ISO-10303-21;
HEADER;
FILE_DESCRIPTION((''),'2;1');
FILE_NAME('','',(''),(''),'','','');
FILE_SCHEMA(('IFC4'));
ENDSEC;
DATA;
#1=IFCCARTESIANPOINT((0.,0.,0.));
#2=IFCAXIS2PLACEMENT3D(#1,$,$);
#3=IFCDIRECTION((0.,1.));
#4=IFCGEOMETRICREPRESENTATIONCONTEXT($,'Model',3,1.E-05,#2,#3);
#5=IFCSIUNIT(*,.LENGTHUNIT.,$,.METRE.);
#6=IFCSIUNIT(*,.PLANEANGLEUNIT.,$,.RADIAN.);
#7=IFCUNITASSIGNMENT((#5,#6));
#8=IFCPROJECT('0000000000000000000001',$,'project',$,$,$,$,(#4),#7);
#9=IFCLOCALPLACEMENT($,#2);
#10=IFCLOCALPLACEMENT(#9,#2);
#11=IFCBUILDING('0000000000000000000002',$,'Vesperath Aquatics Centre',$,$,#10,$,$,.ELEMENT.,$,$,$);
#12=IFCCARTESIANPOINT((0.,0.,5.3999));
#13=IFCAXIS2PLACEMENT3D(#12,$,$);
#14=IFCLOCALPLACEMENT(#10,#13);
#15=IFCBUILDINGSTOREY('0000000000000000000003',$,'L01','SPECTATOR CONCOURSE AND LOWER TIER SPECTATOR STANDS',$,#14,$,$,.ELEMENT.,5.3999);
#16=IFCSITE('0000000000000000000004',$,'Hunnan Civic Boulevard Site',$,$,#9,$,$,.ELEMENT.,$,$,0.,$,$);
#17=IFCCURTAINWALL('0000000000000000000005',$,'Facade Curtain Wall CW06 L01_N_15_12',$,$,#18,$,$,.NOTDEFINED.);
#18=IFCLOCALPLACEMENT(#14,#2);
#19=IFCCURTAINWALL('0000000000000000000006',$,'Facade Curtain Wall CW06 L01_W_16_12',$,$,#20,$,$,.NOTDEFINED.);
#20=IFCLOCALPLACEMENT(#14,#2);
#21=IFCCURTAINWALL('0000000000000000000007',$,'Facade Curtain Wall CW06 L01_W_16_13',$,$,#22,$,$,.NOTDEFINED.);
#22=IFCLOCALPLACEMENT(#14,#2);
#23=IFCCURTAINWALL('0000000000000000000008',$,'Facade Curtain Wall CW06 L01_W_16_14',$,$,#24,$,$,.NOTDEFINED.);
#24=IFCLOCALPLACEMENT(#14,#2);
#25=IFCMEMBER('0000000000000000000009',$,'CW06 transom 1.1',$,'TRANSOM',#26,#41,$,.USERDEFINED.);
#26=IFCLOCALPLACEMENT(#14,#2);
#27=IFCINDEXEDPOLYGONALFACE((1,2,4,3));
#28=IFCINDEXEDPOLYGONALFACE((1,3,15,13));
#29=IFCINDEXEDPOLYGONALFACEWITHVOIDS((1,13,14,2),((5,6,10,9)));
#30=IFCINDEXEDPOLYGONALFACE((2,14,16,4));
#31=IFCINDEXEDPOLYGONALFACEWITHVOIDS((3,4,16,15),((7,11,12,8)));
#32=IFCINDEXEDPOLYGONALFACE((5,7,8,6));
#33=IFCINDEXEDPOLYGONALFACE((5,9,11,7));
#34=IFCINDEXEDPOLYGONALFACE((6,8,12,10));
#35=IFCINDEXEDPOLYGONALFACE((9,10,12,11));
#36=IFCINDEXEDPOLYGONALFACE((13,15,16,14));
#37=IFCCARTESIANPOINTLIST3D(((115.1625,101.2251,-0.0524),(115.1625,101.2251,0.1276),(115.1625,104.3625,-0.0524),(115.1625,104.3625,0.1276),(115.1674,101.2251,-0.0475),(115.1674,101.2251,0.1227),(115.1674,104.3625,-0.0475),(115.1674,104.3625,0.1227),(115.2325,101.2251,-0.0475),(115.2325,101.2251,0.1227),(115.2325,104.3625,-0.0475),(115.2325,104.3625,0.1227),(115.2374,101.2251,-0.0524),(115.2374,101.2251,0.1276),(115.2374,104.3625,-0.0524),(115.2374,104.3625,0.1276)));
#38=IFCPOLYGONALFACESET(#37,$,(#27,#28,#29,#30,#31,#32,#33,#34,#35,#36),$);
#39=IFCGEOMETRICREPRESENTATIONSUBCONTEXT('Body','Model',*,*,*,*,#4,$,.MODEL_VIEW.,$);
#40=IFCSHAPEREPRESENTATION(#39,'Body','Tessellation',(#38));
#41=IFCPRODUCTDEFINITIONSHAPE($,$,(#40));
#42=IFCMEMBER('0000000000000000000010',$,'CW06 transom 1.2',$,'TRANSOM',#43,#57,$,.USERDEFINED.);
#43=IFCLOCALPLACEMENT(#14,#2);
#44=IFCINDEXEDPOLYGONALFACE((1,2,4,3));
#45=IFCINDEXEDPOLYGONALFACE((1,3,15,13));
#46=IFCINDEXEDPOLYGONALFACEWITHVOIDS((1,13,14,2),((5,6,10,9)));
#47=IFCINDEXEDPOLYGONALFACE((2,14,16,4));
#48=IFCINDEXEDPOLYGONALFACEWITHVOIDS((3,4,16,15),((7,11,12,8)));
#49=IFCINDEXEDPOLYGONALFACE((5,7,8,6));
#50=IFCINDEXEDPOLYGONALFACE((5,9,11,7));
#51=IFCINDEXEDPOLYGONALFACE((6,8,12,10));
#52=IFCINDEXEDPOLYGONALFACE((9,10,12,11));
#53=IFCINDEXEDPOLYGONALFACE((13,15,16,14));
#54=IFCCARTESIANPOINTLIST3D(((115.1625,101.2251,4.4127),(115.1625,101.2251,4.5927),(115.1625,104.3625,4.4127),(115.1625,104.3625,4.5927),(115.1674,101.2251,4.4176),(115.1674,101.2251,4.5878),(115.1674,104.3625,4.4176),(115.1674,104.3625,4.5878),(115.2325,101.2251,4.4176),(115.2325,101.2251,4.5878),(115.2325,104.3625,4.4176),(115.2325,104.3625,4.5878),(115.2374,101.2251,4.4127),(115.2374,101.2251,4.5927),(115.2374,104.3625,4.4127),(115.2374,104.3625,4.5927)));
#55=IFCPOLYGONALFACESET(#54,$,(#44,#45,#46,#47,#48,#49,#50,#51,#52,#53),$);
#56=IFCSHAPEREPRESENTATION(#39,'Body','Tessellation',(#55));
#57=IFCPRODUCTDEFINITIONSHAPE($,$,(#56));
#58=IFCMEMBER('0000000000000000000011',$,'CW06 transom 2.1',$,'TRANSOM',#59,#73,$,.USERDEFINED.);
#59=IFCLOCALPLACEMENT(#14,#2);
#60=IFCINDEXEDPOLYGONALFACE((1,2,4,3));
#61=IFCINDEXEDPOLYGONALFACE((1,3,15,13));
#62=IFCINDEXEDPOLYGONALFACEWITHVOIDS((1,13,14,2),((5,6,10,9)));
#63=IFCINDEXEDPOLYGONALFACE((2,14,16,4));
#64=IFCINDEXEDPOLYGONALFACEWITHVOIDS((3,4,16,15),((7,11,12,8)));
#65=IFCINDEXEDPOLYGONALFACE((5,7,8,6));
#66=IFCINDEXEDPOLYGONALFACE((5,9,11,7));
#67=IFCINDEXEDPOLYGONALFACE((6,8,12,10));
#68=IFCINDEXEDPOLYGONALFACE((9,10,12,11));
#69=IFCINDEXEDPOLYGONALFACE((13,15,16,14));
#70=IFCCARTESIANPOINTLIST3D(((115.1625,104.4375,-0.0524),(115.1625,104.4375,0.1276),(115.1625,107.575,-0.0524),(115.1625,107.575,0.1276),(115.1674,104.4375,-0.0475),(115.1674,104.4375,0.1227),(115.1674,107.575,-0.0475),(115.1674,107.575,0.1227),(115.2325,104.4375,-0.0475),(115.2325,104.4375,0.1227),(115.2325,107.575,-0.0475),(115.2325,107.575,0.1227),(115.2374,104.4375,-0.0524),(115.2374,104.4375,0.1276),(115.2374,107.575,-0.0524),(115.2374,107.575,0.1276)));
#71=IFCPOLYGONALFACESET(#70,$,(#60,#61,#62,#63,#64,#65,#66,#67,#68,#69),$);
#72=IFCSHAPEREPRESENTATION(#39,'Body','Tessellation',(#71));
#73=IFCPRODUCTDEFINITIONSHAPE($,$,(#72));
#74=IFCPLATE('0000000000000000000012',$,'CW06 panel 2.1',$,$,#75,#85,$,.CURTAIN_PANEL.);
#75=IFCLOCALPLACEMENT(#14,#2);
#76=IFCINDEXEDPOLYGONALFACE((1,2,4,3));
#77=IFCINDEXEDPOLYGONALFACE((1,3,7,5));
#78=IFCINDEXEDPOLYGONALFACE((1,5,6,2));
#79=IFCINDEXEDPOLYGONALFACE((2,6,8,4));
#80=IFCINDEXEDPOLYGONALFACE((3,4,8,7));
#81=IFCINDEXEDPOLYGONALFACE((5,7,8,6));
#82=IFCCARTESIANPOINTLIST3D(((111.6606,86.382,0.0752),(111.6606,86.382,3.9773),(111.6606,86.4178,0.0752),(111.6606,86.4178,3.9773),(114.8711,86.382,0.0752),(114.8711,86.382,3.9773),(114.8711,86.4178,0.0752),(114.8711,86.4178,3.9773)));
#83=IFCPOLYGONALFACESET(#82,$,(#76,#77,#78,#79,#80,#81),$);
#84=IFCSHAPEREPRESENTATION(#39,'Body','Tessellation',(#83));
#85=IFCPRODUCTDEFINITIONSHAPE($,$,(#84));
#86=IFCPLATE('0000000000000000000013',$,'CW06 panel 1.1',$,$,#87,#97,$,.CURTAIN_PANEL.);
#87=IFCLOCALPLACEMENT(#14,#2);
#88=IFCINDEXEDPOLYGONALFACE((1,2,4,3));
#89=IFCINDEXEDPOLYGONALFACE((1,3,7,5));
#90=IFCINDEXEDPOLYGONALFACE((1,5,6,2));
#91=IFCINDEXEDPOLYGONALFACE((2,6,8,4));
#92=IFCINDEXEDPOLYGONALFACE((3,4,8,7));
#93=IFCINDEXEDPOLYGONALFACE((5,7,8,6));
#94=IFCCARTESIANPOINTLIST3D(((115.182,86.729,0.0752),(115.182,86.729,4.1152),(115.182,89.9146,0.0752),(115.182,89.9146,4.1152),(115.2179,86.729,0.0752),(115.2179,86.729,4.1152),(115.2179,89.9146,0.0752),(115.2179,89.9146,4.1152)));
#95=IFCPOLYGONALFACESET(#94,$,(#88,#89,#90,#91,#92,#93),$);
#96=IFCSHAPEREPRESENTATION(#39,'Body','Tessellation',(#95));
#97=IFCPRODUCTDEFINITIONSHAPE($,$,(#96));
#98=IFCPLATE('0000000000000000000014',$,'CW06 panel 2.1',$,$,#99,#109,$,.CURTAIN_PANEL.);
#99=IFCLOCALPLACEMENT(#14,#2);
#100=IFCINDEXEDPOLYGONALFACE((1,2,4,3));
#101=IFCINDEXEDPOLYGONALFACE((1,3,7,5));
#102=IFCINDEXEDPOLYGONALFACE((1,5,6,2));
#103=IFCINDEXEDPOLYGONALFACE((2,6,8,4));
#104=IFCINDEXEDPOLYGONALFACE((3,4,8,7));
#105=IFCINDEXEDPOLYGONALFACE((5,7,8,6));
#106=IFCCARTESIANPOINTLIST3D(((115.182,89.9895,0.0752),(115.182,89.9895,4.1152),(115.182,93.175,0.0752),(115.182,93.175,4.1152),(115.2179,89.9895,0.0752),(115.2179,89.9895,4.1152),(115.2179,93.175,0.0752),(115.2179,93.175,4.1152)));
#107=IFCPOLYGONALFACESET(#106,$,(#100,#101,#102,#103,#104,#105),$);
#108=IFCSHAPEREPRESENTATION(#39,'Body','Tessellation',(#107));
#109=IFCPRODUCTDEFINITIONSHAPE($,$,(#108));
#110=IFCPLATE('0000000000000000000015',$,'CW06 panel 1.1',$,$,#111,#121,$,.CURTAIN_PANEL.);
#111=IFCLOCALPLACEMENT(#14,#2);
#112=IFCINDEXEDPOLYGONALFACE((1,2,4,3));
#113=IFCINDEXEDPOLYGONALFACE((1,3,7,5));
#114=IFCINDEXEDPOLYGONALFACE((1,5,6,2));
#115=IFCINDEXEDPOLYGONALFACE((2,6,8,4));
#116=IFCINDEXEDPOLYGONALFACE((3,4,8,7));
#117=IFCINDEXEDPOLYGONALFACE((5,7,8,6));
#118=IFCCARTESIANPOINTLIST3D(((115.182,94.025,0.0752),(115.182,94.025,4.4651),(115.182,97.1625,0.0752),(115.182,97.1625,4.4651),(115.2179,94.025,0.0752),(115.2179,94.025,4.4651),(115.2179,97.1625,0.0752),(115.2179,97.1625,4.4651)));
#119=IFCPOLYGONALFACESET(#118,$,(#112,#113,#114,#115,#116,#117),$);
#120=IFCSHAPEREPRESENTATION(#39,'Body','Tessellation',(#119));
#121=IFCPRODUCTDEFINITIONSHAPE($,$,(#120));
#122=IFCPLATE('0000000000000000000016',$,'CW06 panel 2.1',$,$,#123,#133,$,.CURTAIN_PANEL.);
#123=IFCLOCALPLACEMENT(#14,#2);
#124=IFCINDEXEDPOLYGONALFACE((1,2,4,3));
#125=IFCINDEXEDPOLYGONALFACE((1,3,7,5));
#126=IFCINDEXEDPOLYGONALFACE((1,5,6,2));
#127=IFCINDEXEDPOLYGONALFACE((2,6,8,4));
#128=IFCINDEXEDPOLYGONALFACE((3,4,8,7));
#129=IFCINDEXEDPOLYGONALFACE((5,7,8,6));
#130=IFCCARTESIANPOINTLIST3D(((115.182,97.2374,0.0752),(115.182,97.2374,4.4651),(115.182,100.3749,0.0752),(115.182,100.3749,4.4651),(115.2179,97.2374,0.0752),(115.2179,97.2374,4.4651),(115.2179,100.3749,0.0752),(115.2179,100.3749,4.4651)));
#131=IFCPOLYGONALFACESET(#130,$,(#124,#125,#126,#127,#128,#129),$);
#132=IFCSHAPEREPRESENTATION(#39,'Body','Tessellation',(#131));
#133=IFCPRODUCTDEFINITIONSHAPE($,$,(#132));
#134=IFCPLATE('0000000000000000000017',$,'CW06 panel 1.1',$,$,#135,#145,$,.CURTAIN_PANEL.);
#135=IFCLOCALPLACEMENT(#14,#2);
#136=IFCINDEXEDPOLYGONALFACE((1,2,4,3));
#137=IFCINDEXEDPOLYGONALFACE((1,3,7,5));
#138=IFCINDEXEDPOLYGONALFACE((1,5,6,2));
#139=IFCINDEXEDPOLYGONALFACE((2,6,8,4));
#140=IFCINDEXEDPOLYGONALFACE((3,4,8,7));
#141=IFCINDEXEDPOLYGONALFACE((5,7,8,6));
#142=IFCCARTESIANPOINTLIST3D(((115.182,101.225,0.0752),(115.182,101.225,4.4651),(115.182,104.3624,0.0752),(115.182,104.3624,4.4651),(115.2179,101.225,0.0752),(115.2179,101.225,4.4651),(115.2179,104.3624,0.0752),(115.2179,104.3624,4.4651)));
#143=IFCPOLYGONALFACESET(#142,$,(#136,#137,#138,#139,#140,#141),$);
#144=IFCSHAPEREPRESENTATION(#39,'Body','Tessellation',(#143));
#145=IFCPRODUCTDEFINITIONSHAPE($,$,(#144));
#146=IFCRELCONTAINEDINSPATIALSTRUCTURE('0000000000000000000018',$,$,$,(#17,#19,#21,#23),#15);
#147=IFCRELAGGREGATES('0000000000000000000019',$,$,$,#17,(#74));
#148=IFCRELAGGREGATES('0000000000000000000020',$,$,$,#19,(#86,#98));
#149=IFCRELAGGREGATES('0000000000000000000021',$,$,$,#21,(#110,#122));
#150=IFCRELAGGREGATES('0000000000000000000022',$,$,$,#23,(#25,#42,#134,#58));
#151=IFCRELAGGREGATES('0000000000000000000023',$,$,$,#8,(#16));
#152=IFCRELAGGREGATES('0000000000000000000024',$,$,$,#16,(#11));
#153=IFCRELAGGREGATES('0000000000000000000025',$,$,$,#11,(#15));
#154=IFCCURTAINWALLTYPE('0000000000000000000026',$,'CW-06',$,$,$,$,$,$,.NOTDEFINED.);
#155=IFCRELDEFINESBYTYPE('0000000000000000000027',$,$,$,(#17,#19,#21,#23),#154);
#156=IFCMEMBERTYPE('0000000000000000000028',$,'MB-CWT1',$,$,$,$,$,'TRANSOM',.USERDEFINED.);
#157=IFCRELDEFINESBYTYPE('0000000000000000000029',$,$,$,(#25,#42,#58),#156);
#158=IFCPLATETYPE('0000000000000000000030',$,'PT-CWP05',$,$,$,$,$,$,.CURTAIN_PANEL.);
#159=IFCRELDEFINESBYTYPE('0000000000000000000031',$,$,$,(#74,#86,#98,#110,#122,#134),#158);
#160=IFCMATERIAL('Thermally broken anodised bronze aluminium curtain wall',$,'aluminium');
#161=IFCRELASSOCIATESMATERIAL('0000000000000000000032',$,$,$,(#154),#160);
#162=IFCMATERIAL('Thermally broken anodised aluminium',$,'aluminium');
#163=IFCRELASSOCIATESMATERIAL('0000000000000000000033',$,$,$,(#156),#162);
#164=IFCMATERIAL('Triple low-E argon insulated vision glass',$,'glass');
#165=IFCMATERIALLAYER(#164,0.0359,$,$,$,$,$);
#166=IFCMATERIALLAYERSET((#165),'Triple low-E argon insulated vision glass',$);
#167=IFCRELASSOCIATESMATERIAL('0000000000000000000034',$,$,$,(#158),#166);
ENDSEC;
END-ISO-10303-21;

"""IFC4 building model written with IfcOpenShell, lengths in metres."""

from ifc_helpers import new_model, si_unit, direction, frame, origin, origin_2d, place, context, subcontext, project, spatial, rectangle, hollow_rectangle, extrude, material, layer, layer_set, material_profile, profile_set, type_object, element, aggregate, save


model = new_model("IFC4")

# Units and contexts
model_context = context("Model", 3, precision=1e-05, world=origin(), true_north=direction((0.0, 1.0)))
body_context = subcontext(model_context, "Body", "Model", "MODEL_VIEW")
ifc_project = project(units=[si_unit("LENGTHUNIT", "METRE"), si_unit("PLANEANGLEUNIT", "RADIAN")], contexts=[model_context])

# Site, building, storey
site_placement = place(None, origin())
site = spatial("IfcSite", under=ifc_project, at=site_placement, Name="Hunnan Civic Boulevard Site", CompositionType="ELEMENT", RefElevation=0.0)
building_placement = place(site_placement, origin())
building = spatial("IfcBuilding", under=site, at=building_placement, Name="Vesperath Aquatics Centre", CompositionType="ELEMENT")
storey_placement = place(building_placement, frame((0.0, 0.0, 5.3999)))
storey = spatial("IfcBuildingStorey", under=building, at=storey_placement, Name="L01", Description="SPECTATOR CONCOURSE AND LOWER TIER SPECTATOR STANDS", CompositionType="ELEMENT", Elevation=5.3999)

# Curtain wall
ifc_material_1 = material(Name="Thermally broken anodised bronze aluminium curtain wall", Category="aluminium")
curtain_wall_type = type_object("IfcCurtainWallType", Name="CW-06", PredefinedType="NOTDEFINED", material=ifc_material_1)
curtain_wall_1_placement = place(storey_placement, origin())
curtain_wall_1 = element("IfcCurtainWall", 1, at=curtain_wall_1_placement, inside=storey, type_object=curtain_wall_type, Name="Facade Curtain Wall CW06 L01_N_15_12", PredefinedType="NOTDEFINED")
ifc_material_2 = material(Name="Thermally broken anodised aluminium", Category="aluminium")

# Curtain walls
curtain_wall_2_placement = place(storey_placement, origin())
curtain_wall_2 = element("IfcCurtainWall", 2, at=curtain_wall_2_placement, inside=storey, type_object=curtain_wall_type, Name="Facade Curtain Wall CW06 L01_W_16_12", PredefinedType="NOTDEFINED")
curtain_wall_3_placement = place(storey_placement, origin())
curtain_wall_3 = element("IfcCurtainWall", 3, at=curtain_wall_3_placement, inside=storey, type_object=curtain_wall_type, Name="Facade Curtain Wall CW06 L01_W_16_13", PredefinedType="NOTDEFINED")
curtain_wall_4_placement = place(storey_placement, origin())
curtain_wall_4 = element("IfcCurtainWall", 4, at=curtain_wall_4_placement, inside=storey, type_object=curtain_wall_type, Name="Facade Curtain Wall CW06 L01_W_16_14", PredefinedType="NOTDEFINED")

# Members
ifc_material_profile_1 = material_profile(ifc_material_2, hollow_rectangle(XDim=0.075, YDim=0.1799, WallThickness=0.0049, at=origin_2d()), Name="CWT 75x180x5")
ifc_profile_set_1 = profile_set([ifc_material_profile_1], Name="Thermally broken anodised aluminium")
member_type_1 = type_object("IfcMemberType", Name="MB-CWT1", ElementType="TRANSOM", PredefinedType="USERDEFINED", material=ifc_profile_set_1)
member_1_placement = place(storey_placement, frame((115.2, 101.2251, 0.0376), z_axis=(0.0, 1.0, 0.0), x_axis=(-1.0, 0.0, 0.0)))
member_1 = element("IfcMember", 5, at=member_1_placement, type_object=member_type_1, Name="CW06 transom 1.1", ObjectType="TRANSOM", PredefinedType="USERDEFINED", context=body_context, shape_type="SweptSolid", body=[
    extrude(hollow_rectangle(XDim=0.075, YDim=0.1799, WallThickness=0.0049, at=origin_2d()), origin(), (0.0, 0.0, 1.0), 3.1375),
])
member_2_placement = place(storey_placement, frame((115.2, 101.2251, 4.5027), z_axis=(0.0, 1.0, 0.0), x_axis=(-1.0, 0.0, 0.0)))
member_2 = element("IfcMember", 6, at=member_2_placement, type_object=member_type_1, Name="CW06 transom 1.2", ObjectType="TRANSOM", PredefinedType="USERDEFINED", context=body_context, shape_type="SweptSolid", body=[
    extrude(hollow_rectangle(XDim=0.075, YDim=0.1799, WallThickness=0.0049, at=origin_2d()), origin(), (0.0, 0.0, 1.0), 3.1375),
])
member_3_placement = place(storey_placement, frame((115.2, 104.4375, 0.0376), z_axis=(0.0, 1.0, 0.0), x_axis=(-1.0, 0.0, 0.0)))
member_3 = element("IfcMember", 7, at=member_3_placement, type_object=member_type_1, Name="CW06 transom 2.1", ObjectType="TRANSOM", PredefinedType="USERDEFINED", context=body_context, shape_type="SweptSolid", body=[
    extrude(hollow_rectangle(XDim=0.075, YDim=0.1799, WallThickness=0.0049, at=origin_2d()), origin(), (0.0, 0.0, 1.0), 3.1375),
])

# Plates
ifc_material_3 = material(Name="Triple low-E argon insulated vision glass", Category="glass")
ifc_layer = layer(ifc_material_3, 0.0359)
ifc_layer_set = layer_set([ifc_layer], Name="Triple low-E argon insulated vision glass")
plate_type = type_object("IfcPlateType", Name="PT-CWP05", PredefinedType="CURTAIN_PANEL", material=ifc_layer_set)
plate_1_placement = place(storey_placement, frame((113.2659, 86.3999, 0.0752), z_axis=(0.0, 0.0, 1.0), x_axis=(1.0, 0.0, 0.0)))
plate_1 = element("IfcPlate", 8, at=plate_1_placement, type_object=plate_type, Name="CW06 panel 2.1", PredefinedType="CURTAIN_PANEL", context=body_context, shape_type="SweptSolid", body=[
    extrude(rectangle(XDim=3.2104, YDim=0.0359, at=origin_2d()), origin(), (0.0, 0.0, 1.0), 3.9021),
])
aggregate(curtain_wall_1, [plate_1])
plate_2_placement = place(storey_placement, frame((115.2, 88.3218, 0.0752), z_axis=(0.0, 0.0, 1.0), x_axis=(0.0, 1.0, 0.0)))
plate_2 = element("IfcPlate", 9, at=plate_2_placement, type_object=plate_type, Name="CW06 panel 1.1", PredefinedType="CURTAIN_PANEL", context=body_context, shape_type="SweptSolid", body=[
    extrude(rectangle(XDim=3.1855, YDim=0.0359, at=origin_2d()), origin(), (0.0, 0.0, 1.0), 4.04),
])
plate_3_placement = place(storey_placement, frame((115.2, 91.5823, 0.0752), z_axis=(0.0, 0.0, 1.0), x_axis=(0.0, 1.0, 0.0)))
plate_3 = element("IfcPlate", 10, at=plate_3_placement, type_object=plate_type, Name="CW06 panel 2.1", PredefinedType="CURTAIN_PANEL", context=body_context, shape_type="SweptSolid", body=[
    extrude(rectangle(XDim=3.1855, YDim=0.0359, at=origin_2d()), origin(), (0.0, 0.0, 1.0), 4.04),
])
aggregate(curtain_wall_2, [plate_2, plate_3])
plate_4_placement = place(storey_placement, frame((115.2, 95.5938, 0.0752), z_axis=(0.0, 0.0, 1.0), x_axis=(0.0, 1.0, 0.0)))
plate_4 = element("IfcPlate", 11, at=plate_4_placement, type_object=plate_type, Name="CW06 panel 1.1", PredefinedType="CURTAIN_PANEL", context=body_context, shape_type="SweptSolid", body=[
    extrude(rectangle(XDim=3.1375, YDim=0.0359, at=origin_2d()), origin(), (0.0, 0.0, 1.0), 4.3899),
])
plate_5_placement = place(storey_placement, frame((115.2, 98.8062, 0.0752), z_axis=(0.0, 0.0, 1.0), x_axis=(0.0, 1.0, 0.0)))
plate_5 = element("IfcPlate", 12, at=plate_5_placement, type_object=plate_type, Name="CW06 panel 2.1", PredefinedType="CURTAIN_PANEL", context=body_context, shape_type="SweptSolid", body=[
    extrude(rectangle(XDim=3.1375, YDim=0.0359, at=origin_2d()), origin(), (0.0, 0.0, 1.0), 4.3899),
])
aggregate(curtain_wall_3, [plate_4, plate_5])
plate_6_placement = place(storey_placement, frame((115.2, 102.7937, 0.0752), z_axis=(0.0, 0.0, 1.0), x_axis=(0.0, 1.0, 0.0)))
plate_6 = element("IfcPlate", 13, at=plate_6_placement, type_object=plate_type, Name="CW06 panel 1.1", PredefinedType="CURTAIN_PANEL", context=body_context, shape_type="SweptSolid", body=[
    extrude(rectangle(XDim=3.1375, YDim=0.0359, at=origin_2d()), origin(), (0.0, 0.0, 1.0), 4.3899),
])
aggregate(curtain_wall_4, [member_1, member_2, plate_6, member_3])

save(model, "model.ifc")
